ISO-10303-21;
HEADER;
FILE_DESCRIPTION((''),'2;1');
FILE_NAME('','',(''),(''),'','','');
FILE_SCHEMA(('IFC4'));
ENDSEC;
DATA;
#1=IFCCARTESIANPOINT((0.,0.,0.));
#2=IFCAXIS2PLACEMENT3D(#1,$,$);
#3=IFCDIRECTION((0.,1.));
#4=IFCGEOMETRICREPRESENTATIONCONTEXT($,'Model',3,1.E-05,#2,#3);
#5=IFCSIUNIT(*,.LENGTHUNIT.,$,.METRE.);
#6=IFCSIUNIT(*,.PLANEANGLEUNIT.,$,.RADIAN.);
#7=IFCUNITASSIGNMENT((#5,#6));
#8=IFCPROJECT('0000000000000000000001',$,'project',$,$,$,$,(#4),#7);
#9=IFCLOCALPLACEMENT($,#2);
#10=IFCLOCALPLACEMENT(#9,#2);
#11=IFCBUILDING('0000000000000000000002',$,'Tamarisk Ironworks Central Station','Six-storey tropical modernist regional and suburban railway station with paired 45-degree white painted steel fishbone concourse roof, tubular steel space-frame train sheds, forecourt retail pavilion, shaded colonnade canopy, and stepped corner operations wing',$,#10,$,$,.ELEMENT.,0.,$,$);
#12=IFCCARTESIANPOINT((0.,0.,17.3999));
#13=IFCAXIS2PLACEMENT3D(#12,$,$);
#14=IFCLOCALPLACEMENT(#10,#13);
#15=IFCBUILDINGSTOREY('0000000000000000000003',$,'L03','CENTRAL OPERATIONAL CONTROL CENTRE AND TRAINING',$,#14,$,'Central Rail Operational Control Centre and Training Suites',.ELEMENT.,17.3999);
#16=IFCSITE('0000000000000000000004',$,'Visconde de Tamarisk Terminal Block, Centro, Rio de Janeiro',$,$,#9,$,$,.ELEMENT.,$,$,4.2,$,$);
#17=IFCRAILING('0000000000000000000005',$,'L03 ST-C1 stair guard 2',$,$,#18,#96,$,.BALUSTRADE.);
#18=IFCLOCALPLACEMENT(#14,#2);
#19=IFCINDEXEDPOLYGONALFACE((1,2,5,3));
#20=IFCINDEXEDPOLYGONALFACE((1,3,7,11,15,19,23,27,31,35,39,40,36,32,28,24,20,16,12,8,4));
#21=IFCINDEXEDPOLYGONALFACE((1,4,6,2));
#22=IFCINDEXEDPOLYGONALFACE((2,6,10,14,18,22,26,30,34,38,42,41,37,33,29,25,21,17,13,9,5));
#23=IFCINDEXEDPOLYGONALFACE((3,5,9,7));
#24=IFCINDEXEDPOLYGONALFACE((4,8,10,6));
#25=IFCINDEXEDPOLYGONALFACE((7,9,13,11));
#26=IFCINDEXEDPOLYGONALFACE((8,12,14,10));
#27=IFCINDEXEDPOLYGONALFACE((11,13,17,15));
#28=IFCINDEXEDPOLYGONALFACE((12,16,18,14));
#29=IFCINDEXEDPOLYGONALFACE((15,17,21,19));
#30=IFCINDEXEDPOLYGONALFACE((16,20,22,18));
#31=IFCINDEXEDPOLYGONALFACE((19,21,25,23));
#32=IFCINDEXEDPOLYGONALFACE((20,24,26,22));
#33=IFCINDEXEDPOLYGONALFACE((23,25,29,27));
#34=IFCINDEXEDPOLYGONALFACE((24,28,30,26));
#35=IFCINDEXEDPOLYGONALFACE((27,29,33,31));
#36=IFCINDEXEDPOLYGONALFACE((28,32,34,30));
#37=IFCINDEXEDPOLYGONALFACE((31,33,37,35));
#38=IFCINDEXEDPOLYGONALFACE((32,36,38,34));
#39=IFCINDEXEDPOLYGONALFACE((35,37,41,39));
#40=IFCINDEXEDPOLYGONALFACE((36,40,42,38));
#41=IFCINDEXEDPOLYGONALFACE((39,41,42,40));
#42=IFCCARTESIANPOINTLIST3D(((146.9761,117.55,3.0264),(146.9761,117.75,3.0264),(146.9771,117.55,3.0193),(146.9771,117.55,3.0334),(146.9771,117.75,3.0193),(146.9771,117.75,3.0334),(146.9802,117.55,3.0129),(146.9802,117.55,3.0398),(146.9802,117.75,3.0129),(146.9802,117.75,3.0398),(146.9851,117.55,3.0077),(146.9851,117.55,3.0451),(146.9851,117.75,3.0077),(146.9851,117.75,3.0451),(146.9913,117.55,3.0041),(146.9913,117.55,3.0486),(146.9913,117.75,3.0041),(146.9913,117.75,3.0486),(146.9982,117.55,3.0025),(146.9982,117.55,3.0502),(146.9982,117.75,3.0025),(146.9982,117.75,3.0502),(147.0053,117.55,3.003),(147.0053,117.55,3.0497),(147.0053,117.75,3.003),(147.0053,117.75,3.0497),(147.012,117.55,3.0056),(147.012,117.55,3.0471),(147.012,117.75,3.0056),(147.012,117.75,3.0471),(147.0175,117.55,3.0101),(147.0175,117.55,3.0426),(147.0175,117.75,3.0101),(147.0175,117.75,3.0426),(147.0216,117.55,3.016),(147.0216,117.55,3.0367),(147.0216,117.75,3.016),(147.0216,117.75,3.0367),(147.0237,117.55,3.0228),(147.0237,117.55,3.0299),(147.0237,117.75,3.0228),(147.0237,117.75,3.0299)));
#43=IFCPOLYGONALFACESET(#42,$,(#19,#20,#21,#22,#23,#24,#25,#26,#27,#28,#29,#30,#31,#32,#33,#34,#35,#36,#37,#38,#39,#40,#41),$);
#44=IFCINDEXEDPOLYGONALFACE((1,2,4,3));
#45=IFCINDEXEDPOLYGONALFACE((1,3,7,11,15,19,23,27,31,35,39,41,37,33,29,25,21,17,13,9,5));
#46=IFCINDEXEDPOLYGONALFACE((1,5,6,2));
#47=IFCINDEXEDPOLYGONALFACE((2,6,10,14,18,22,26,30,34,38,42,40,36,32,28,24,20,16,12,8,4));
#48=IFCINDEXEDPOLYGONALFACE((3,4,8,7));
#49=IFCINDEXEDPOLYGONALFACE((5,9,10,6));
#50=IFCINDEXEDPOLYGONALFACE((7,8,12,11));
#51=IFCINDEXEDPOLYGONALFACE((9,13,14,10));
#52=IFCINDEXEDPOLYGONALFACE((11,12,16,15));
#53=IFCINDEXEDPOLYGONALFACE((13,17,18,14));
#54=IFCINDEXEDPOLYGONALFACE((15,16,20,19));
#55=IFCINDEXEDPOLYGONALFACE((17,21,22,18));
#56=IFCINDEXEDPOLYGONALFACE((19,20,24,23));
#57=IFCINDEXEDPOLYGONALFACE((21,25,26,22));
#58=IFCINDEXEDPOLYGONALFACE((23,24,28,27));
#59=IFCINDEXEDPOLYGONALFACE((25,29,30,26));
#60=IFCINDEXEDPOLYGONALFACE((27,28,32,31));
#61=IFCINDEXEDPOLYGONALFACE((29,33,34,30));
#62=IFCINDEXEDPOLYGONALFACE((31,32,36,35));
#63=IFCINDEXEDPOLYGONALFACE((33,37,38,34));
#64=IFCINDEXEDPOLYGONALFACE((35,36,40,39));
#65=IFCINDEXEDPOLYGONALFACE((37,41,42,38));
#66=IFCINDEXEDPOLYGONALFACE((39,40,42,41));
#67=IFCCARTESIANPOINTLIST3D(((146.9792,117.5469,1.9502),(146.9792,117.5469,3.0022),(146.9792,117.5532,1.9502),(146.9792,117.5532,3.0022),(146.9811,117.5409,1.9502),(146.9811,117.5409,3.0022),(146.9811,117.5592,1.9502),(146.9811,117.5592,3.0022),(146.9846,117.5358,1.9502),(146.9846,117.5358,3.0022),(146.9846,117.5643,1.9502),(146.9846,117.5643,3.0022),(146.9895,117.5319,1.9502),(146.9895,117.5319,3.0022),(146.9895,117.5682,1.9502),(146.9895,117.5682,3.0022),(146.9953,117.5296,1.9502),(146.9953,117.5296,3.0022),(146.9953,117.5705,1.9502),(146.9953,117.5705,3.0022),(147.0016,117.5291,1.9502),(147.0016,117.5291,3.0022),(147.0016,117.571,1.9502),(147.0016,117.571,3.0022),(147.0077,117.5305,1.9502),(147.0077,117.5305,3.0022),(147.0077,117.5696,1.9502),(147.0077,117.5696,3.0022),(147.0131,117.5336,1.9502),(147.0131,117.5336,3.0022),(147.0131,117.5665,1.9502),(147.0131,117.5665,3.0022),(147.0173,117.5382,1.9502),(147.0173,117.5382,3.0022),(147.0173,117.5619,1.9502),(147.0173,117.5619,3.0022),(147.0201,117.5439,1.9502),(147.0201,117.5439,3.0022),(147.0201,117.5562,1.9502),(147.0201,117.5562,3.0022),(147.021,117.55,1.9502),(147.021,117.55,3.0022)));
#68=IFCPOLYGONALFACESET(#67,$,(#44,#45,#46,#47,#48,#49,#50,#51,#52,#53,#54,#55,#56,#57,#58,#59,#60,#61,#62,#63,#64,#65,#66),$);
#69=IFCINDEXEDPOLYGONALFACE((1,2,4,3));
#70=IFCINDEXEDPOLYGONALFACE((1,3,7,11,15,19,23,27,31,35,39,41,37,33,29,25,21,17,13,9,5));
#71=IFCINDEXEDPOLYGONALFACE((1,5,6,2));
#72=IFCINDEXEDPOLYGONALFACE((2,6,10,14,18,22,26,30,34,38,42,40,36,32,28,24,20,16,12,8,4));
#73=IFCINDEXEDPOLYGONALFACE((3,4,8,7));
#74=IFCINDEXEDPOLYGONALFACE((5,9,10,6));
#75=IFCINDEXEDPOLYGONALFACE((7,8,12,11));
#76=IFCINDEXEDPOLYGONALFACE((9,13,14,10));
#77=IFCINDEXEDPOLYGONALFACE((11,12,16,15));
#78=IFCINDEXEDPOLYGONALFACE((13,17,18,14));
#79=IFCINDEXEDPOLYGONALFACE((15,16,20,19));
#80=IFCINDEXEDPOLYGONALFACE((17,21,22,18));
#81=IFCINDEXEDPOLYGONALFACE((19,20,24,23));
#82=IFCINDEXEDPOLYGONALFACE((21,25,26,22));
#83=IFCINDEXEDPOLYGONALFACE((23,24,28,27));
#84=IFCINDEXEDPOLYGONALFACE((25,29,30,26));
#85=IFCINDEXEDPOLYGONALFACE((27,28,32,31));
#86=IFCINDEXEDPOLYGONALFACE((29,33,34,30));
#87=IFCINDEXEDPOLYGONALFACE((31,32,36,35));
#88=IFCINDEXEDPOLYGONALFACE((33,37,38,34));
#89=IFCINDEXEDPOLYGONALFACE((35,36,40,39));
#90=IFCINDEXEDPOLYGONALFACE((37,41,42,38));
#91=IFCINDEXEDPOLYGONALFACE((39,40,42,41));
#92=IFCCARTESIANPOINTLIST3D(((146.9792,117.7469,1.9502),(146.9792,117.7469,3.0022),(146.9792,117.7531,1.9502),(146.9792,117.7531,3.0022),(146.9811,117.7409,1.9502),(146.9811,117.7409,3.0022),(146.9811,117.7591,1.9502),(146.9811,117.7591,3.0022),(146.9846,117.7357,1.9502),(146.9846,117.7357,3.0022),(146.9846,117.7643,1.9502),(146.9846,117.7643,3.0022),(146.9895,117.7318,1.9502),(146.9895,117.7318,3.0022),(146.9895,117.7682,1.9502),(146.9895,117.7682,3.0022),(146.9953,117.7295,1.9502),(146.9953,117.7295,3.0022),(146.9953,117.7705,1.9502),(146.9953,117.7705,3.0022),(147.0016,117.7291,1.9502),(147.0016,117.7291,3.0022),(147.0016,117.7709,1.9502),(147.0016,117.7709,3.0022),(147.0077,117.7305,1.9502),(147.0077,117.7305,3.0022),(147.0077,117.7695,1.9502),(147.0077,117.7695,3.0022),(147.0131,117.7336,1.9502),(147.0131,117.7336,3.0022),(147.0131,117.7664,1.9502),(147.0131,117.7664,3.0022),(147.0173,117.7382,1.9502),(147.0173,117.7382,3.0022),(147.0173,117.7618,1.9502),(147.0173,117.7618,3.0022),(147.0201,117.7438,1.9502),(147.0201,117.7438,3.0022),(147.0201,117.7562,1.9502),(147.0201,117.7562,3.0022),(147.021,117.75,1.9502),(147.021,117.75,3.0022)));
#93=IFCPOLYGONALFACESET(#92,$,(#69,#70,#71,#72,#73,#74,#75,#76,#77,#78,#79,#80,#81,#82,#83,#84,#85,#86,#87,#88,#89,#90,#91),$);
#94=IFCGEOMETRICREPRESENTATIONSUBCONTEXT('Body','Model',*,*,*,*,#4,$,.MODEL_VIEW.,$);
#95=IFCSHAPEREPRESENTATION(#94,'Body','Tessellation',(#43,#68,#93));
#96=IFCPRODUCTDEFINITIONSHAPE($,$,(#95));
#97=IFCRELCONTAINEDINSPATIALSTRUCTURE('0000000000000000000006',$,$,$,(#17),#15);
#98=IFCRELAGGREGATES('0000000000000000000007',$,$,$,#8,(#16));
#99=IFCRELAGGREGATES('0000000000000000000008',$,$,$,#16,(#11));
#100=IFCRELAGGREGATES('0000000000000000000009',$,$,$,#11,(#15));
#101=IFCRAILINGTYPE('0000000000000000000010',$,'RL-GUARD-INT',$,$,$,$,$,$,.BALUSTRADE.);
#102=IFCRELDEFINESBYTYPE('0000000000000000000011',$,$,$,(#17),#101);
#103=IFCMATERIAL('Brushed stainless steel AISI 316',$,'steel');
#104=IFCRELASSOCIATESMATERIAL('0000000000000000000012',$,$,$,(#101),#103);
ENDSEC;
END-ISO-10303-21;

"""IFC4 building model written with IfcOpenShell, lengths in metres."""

from ifc_helpers import new_model, si_unit, direction, frame, origin, origin_2d, place, context, subcontext, project, spatial, circle, extrude, material, type_object, element, save


model = new_model("IFC4")

# Units and contexts
model_context = context("Model", 3, precision=1e-05, world=origin(), true_north=direction((0.0, 1.0)))
body_context = subcontext(model_context, "Body", "Model", "MODEL_VIEW")
ifc_project = project(units=[si_unit("LENGTHUNIT", "METRE"), si_unit("PLANEANGLEUNIT", "RADIAN")], contexts=[model_context])

# Site, building, storey
site_placement = place(None, origin())
site = spatial("IfcSite", under=ifc_project, at=site_placement, Name="Visconde de Tamarisk Terminal Block, Centro, Rio de Janeiro", CompositionType="ELEMENT", RefElevation=4.2)
building_placement = place(site_placement, origin())
building = spatial("IfcBuilding", under=site, at=building_placement, Name="Tamarisk Ironworks Central Station", Description="Six-storey tropical modernist regional and suburban railway station with paired 45-degree white painted steel fishbone concourse roof, tubular steel space-frame train sheds, forecourt retail pavilion, shaded colonnade canopy, and stepped corner operations wing", CompositionType="ELEMENT", ElevationOfRefHeight=0.0)
storey_placement = place(building_placement, frame((0.0, 0.0, 17.3999)))
storey = spatial("IfcBuildingStorey", under=building, at=storey_placement, Name="L03", Description="CENTRAL OPERATIONAL CONTROL CENTRE AND TRAINING", LongName="Central Rail Operational Control Centre and Training Suites", CompositionType="ELEMENT", Elevation=17.3999)

# Railing
ifc_material_1 = material(Name="Brushed stainless steel AISI 316", Category="steel")
railing_type_1 = type_object("IfcRailingType", Name="RL-GUARD-INT", PredefinedType="BALUSTRADE", material=ifc_material_1)
railing_1_placement = place(storey_placement, frame((147.0, 117.55, 1.9502)))
element("IfcRailing", 1, at=railing_1_placement, inside=storey, type_object=railing_type_1, Name="L03 ST-C1 stair guard 2", PredefinedType="BALUSTRADE", context=body_context, shape_type="SweptSolid", body=[
    extrude(circle(Radius=0.0239, at=origin_2d()), frame((0.0, 0.0, 1.0762), z_axis=(0.0, 1.0, 0.0), x_axis=(-1.0, 0.0, 0.0)), (0.0, 0.0, 1.0), 0.2),
    extrude(circle(Radius=0.021, at=origin_2d()), origin(), (0.0, 0.0, 1.0), 1.052),
    extrude(circle(Radius=0.021, at=origin_2d()), frame((0.0, 0.2, 0.0)), (0.0, 0.0, 1.0), 1.052),
])

save(model, "model.ifc")
